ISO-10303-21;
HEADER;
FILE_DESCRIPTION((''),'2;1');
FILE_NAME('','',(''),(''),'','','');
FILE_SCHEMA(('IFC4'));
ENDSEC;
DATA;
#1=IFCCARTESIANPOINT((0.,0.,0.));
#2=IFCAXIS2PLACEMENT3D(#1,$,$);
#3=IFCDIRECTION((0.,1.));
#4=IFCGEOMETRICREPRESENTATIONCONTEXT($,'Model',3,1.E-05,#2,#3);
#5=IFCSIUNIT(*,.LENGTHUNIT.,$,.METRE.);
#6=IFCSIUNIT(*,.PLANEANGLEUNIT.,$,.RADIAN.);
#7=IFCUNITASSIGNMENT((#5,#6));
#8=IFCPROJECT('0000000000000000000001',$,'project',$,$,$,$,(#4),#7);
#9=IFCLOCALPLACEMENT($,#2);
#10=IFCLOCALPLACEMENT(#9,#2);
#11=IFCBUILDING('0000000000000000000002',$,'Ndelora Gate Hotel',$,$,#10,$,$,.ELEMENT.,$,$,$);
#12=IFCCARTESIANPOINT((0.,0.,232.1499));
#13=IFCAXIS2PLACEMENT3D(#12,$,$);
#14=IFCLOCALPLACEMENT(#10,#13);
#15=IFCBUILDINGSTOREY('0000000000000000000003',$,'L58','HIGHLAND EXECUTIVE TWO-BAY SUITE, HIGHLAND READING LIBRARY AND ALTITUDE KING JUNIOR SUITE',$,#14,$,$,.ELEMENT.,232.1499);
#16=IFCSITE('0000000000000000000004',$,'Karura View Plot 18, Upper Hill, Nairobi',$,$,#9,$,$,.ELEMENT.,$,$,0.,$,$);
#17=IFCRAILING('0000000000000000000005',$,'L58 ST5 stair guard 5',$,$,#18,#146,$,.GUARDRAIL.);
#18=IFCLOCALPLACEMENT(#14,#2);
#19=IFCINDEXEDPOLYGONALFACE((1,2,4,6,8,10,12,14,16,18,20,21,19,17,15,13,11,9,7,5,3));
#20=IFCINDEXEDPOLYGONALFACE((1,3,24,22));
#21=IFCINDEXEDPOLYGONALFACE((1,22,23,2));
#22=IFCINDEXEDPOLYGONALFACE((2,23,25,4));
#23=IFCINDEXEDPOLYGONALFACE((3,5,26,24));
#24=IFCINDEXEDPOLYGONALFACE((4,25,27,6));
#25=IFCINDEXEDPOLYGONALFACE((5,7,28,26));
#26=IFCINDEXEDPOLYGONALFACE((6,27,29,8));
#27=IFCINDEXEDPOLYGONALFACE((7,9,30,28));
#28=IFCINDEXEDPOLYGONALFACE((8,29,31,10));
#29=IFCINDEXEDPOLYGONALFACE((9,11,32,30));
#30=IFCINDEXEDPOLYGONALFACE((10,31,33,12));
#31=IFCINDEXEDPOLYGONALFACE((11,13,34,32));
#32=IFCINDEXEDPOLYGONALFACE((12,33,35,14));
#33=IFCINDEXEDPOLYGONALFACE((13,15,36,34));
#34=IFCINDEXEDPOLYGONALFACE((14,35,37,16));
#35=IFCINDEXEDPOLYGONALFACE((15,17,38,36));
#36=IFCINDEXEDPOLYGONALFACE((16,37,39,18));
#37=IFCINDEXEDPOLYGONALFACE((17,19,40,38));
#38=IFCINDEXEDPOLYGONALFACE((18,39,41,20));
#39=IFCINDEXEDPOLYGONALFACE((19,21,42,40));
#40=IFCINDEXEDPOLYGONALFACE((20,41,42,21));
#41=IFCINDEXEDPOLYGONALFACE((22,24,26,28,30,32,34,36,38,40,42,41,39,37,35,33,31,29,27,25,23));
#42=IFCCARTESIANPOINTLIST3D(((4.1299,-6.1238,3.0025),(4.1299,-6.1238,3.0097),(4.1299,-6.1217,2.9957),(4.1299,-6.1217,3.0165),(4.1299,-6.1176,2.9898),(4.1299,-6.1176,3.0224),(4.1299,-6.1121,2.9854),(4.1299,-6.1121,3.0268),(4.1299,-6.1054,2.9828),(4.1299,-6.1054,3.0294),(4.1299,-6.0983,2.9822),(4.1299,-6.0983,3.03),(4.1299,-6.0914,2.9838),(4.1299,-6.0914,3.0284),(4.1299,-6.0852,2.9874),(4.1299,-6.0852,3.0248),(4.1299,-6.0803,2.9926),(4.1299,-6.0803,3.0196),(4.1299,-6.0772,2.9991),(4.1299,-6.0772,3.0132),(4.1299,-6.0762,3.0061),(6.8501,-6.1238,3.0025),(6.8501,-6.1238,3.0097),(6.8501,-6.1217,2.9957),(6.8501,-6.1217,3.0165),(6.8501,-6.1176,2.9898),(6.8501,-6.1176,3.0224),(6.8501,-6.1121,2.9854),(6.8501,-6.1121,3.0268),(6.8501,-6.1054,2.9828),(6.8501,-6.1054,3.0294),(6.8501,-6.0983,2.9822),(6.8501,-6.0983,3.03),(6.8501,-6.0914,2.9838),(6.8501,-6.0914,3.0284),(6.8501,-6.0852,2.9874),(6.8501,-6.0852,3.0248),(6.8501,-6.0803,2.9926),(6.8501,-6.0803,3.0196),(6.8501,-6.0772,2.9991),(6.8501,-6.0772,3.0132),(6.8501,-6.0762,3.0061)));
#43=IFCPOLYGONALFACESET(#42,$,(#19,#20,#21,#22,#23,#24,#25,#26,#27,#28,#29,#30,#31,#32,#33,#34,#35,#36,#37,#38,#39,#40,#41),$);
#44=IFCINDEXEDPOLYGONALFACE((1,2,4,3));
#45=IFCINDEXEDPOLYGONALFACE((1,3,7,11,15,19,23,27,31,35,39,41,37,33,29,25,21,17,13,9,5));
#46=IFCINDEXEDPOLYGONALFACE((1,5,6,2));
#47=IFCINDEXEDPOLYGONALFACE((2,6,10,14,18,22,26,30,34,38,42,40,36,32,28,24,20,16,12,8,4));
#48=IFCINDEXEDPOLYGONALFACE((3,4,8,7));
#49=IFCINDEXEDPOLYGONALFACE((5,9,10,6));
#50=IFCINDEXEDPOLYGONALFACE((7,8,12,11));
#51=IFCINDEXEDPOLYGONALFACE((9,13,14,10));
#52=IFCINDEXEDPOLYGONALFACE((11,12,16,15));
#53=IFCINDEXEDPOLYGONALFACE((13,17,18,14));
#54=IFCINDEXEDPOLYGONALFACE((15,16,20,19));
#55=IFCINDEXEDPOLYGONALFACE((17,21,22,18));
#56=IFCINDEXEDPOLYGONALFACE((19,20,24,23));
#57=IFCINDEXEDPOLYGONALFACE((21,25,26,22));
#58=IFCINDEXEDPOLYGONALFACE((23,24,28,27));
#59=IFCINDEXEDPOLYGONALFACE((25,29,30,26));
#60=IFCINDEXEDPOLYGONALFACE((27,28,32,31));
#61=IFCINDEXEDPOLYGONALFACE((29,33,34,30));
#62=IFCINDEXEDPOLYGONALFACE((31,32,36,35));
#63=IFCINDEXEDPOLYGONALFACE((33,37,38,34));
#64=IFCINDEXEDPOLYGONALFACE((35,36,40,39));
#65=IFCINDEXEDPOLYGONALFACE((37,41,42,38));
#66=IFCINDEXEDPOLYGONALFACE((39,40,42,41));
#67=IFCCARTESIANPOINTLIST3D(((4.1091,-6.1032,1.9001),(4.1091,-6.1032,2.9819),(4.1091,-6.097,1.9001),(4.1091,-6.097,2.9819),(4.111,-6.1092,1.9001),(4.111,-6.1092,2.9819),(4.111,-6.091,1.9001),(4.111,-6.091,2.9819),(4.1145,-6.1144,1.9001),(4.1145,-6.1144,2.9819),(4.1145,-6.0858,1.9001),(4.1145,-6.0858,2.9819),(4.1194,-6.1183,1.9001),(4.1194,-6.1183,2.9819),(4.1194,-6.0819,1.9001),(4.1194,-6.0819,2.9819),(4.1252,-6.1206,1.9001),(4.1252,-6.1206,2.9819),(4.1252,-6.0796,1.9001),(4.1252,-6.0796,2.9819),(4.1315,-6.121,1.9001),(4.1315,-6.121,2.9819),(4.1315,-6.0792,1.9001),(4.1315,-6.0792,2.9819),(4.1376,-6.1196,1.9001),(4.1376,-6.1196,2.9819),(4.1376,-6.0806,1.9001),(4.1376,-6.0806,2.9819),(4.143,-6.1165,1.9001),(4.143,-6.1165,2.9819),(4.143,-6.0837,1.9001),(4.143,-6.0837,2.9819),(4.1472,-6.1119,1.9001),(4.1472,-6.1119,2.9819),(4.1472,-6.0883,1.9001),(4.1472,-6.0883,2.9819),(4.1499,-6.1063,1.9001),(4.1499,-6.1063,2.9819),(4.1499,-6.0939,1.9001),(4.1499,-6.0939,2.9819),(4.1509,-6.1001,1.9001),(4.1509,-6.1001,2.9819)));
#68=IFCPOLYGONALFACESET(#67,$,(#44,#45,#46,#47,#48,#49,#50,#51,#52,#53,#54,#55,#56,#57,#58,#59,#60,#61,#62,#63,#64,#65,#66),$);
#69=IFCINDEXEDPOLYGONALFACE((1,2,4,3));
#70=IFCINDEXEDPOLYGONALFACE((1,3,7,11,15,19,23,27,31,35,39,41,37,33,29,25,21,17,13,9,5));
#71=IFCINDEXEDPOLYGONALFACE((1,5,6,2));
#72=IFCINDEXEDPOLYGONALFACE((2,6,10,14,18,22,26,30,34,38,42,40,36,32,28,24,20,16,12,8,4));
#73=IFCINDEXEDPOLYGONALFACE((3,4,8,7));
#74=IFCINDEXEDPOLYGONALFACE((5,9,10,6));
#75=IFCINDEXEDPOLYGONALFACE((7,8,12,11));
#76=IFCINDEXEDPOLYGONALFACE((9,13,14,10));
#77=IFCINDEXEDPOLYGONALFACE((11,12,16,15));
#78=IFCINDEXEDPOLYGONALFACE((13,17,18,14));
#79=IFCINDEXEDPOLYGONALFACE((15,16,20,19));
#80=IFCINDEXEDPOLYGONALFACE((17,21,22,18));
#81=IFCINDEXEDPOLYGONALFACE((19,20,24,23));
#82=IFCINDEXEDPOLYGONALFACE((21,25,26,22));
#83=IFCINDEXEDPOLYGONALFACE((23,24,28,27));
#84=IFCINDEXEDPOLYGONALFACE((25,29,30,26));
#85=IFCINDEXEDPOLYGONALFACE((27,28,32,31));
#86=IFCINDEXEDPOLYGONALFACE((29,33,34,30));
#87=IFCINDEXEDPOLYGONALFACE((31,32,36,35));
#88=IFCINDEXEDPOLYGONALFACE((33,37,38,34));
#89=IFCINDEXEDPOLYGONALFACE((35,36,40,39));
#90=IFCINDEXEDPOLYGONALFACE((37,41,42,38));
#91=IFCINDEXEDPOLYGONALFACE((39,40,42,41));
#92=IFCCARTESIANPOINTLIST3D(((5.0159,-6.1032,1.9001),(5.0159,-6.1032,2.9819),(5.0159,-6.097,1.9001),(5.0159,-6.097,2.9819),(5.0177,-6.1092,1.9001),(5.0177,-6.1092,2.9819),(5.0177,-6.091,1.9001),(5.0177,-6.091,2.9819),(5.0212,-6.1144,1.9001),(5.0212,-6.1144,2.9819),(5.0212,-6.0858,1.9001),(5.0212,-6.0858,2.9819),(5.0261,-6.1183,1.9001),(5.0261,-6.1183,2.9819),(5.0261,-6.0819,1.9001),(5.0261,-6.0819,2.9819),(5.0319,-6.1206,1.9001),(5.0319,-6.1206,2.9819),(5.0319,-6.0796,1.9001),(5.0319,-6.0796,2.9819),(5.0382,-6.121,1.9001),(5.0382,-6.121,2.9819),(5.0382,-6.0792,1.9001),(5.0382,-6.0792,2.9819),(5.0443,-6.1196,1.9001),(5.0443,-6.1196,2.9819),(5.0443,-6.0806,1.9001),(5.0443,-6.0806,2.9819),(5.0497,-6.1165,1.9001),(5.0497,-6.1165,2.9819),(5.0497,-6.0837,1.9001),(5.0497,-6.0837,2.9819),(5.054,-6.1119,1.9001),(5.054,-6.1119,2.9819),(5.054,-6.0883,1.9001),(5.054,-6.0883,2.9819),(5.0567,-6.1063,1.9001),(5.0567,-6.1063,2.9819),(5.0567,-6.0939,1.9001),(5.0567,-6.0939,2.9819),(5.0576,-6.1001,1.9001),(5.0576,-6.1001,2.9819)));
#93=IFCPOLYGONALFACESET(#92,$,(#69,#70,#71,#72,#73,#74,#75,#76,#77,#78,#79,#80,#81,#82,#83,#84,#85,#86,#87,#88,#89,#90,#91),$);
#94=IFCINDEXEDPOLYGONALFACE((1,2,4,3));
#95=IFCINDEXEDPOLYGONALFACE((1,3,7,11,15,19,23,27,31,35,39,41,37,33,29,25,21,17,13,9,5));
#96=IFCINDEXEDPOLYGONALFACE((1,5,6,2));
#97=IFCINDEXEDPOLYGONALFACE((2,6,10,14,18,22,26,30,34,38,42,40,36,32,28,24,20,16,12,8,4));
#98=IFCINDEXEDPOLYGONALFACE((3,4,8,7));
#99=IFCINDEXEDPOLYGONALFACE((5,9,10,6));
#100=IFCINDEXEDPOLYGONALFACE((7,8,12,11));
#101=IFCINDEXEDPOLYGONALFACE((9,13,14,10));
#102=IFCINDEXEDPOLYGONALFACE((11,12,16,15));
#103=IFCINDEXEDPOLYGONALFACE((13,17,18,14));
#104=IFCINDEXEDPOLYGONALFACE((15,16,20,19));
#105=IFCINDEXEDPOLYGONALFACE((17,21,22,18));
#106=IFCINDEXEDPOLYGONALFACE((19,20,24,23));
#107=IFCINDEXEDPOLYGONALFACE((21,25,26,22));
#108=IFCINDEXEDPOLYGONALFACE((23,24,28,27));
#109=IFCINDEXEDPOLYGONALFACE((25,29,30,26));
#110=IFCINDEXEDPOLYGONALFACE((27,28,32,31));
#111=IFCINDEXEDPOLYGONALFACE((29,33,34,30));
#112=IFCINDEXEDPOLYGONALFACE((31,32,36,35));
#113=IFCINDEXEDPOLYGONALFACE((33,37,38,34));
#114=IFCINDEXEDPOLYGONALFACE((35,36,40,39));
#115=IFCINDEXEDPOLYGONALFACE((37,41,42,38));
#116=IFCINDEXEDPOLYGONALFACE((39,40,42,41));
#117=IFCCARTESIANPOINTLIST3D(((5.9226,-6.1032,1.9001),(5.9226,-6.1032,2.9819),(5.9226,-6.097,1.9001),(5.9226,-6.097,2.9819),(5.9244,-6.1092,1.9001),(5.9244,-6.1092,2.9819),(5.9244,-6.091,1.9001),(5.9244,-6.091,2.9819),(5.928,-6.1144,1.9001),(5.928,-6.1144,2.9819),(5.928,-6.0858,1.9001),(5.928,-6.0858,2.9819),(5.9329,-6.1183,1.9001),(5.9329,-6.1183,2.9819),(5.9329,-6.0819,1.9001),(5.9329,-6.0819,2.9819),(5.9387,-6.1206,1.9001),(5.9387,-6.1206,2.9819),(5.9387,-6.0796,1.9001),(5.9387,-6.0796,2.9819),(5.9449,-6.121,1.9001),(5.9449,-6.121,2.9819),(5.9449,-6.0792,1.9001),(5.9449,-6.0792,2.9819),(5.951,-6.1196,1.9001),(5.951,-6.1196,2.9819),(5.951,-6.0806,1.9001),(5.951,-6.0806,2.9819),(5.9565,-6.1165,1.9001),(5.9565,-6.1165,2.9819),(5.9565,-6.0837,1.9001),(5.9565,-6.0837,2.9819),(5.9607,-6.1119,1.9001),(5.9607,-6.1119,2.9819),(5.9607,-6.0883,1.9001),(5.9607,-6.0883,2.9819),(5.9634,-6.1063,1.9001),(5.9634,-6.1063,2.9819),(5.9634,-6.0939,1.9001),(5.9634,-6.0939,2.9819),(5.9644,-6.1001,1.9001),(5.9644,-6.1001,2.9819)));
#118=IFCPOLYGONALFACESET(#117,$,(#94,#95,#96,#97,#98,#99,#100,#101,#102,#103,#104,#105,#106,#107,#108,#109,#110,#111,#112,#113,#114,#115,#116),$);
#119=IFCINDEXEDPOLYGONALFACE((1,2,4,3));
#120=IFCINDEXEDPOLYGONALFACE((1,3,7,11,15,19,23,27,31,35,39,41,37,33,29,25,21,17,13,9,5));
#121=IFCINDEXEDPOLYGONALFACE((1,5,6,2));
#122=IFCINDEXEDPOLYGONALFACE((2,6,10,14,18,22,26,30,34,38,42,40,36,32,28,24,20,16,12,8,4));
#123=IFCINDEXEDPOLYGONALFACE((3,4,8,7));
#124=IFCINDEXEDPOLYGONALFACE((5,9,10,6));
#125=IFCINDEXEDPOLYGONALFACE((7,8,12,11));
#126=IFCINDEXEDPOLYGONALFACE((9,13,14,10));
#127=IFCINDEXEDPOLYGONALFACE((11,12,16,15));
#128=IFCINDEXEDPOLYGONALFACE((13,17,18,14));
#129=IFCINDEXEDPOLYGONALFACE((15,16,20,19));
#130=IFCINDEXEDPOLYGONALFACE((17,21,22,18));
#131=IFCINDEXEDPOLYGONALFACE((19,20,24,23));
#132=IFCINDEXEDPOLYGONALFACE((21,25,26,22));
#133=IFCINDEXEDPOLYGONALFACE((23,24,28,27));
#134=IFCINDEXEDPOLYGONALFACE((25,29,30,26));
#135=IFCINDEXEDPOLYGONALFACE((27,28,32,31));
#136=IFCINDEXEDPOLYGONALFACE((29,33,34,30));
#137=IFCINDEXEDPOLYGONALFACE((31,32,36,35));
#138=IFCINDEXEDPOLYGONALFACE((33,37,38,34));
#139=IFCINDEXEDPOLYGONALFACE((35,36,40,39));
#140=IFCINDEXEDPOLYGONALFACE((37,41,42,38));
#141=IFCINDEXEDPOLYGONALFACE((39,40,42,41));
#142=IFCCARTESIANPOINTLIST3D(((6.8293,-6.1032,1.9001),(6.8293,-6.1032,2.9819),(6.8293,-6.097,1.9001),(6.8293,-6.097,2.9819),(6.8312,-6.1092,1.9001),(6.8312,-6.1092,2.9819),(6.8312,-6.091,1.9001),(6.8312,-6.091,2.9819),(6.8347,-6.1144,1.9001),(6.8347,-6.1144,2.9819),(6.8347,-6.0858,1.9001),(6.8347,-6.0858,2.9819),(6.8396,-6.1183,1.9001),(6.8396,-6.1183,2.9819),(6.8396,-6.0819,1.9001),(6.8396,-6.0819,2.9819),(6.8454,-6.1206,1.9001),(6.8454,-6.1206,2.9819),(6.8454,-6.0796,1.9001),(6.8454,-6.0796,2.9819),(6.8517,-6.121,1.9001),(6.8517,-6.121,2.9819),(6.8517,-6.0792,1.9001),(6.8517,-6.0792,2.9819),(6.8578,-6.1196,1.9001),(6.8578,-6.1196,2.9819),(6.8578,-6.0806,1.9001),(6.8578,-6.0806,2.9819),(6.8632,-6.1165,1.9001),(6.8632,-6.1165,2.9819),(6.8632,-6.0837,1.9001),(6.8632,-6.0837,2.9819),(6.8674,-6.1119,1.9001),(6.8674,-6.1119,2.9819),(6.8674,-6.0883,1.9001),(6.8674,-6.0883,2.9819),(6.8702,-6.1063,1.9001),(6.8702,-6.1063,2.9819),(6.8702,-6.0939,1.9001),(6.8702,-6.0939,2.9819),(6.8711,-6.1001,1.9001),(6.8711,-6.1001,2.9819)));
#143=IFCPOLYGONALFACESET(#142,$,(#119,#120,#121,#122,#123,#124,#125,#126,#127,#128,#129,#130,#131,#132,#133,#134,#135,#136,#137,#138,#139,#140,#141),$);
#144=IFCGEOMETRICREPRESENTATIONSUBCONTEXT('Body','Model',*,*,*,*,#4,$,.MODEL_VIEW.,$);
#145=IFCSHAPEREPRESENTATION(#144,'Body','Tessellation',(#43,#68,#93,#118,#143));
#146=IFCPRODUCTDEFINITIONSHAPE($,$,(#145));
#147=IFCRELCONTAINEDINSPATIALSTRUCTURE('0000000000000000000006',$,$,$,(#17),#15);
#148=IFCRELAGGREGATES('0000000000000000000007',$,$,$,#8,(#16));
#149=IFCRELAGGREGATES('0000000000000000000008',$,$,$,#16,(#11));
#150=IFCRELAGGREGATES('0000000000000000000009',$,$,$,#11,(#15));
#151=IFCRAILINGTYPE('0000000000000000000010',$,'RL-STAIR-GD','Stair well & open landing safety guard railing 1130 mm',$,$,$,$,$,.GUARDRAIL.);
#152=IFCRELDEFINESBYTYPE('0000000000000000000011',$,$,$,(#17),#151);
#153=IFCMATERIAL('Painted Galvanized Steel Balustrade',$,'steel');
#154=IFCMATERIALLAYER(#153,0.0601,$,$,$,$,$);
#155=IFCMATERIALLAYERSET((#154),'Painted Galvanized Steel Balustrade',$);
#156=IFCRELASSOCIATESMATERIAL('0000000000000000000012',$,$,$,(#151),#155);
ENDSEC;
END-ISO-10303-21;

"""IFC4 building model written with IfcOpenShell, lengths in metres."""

from ifc_helpers import new_model, si_unit, direction, frame, origin, origin_2d, place, context, subcontext, project, spatial, circle, extrude, material, layer, layer_set, type_object, element, save


model = new_model("IFC4")

# Units and contexts
model_context = context("Model", 3, precision=1e-05, world=origin(), true_north=direction((0.0, 1.0)))
body_context = subcontext(model_context, "Body", "Model", "MODEL_VIEW")
ifc_project = project(units=[si_unit("LENGTHUNIT", "METRE"), si_unit("PLANEANGLEUNIT", "RADIAN")], contexts=[model_context])

# Site, building, storey
site_placement = place(None, origin())
site = spatial("IfcSite", under=ifc_project, at=site_placement, Name="Karura View Plot 18, Upper Hill, Nairobi", CompositionType="ELEMENT", RefElevation=0.0)
building_placement = place(site_placement, origin())
building = spatial("IfcBuilding", under=site, at=building_placement, Name="Ndelora Gate Hotel", CompositionType="ELEMENT")
storey_placement = place(building_placement, frame((0.0, 0.0, 232.1499)))
storey = spatial("IfcBuildingStorey", under=building, at=storey_placement, Name="L58", Description="HIGHLAND EXECUTIVE TWO-BAY SUITE, HIGHLAND READING LIBRARY AND ALTITUDE KING JUNIOR SUITE", CompositionType="ELEMENT", Elevation=232.1499)

# Railing
ifc_material_1 = material(Name="Painted Galvanized Steel Balustrade", Category="steel")
ifc_layer_1 = layer(ifc_material_1, 0.0601)
ifc_layer_set_1 = layer_set([ifc_layer_1], Name="Painted Galvanized Steel Balustrade")
railing_type_1 = type_object("IfcRailingType", Name="RL-STAIR-GD", Description="Stair well & open landing safety guard railing 1130 mm", PredefinedType="GUARDRAIL", material=ifc_layer_set_1)
railing_1_placement = place(storey_placement, frame((4.1299, -6.1001, 1.9001)))
element("IfcRailing", 1, at=railing_1_placement, inside=storey, type_object=railing_type_1, Name="L58 ST5 stair guard 5", PredefinedType="GUARDRAIL", context=body_context, shape_type="SweptSolid", body=[
    extrude(circle(Radius=0.0239, at=origin_2d()), frame((0.0, 0.0, 1.106), z_axis=(1.0, 0.0, 0.0), x_axis=(0.0, 1.0, 0.0)), (0.0, 0.0, 1.0), 2.7202),
    extrude(circle(Radius=0.021, at=origin_2d()), origin(), (0.0, 0.0, 1.0), 1.0818),
    extrude(circle(Radius=0.021, at=origin_2d()), frame((0.9067, 0.0, 0.0)), (0.0, 0.0, 1.0), 1.0818),
    extrude(circle(Radius=0.021, at=origin_2d()), frame((1.8135, 0.0, 0.0)), (0.0, 0.0, 1.0), 1.0818),
    extrude(circle(Radius=0.021, at=origin_2d()), frame((2.7202, 0.0, 0.0)), (0.0, 0.0, 1.0), 1.0818),
])

save(model, "model.ifc")
